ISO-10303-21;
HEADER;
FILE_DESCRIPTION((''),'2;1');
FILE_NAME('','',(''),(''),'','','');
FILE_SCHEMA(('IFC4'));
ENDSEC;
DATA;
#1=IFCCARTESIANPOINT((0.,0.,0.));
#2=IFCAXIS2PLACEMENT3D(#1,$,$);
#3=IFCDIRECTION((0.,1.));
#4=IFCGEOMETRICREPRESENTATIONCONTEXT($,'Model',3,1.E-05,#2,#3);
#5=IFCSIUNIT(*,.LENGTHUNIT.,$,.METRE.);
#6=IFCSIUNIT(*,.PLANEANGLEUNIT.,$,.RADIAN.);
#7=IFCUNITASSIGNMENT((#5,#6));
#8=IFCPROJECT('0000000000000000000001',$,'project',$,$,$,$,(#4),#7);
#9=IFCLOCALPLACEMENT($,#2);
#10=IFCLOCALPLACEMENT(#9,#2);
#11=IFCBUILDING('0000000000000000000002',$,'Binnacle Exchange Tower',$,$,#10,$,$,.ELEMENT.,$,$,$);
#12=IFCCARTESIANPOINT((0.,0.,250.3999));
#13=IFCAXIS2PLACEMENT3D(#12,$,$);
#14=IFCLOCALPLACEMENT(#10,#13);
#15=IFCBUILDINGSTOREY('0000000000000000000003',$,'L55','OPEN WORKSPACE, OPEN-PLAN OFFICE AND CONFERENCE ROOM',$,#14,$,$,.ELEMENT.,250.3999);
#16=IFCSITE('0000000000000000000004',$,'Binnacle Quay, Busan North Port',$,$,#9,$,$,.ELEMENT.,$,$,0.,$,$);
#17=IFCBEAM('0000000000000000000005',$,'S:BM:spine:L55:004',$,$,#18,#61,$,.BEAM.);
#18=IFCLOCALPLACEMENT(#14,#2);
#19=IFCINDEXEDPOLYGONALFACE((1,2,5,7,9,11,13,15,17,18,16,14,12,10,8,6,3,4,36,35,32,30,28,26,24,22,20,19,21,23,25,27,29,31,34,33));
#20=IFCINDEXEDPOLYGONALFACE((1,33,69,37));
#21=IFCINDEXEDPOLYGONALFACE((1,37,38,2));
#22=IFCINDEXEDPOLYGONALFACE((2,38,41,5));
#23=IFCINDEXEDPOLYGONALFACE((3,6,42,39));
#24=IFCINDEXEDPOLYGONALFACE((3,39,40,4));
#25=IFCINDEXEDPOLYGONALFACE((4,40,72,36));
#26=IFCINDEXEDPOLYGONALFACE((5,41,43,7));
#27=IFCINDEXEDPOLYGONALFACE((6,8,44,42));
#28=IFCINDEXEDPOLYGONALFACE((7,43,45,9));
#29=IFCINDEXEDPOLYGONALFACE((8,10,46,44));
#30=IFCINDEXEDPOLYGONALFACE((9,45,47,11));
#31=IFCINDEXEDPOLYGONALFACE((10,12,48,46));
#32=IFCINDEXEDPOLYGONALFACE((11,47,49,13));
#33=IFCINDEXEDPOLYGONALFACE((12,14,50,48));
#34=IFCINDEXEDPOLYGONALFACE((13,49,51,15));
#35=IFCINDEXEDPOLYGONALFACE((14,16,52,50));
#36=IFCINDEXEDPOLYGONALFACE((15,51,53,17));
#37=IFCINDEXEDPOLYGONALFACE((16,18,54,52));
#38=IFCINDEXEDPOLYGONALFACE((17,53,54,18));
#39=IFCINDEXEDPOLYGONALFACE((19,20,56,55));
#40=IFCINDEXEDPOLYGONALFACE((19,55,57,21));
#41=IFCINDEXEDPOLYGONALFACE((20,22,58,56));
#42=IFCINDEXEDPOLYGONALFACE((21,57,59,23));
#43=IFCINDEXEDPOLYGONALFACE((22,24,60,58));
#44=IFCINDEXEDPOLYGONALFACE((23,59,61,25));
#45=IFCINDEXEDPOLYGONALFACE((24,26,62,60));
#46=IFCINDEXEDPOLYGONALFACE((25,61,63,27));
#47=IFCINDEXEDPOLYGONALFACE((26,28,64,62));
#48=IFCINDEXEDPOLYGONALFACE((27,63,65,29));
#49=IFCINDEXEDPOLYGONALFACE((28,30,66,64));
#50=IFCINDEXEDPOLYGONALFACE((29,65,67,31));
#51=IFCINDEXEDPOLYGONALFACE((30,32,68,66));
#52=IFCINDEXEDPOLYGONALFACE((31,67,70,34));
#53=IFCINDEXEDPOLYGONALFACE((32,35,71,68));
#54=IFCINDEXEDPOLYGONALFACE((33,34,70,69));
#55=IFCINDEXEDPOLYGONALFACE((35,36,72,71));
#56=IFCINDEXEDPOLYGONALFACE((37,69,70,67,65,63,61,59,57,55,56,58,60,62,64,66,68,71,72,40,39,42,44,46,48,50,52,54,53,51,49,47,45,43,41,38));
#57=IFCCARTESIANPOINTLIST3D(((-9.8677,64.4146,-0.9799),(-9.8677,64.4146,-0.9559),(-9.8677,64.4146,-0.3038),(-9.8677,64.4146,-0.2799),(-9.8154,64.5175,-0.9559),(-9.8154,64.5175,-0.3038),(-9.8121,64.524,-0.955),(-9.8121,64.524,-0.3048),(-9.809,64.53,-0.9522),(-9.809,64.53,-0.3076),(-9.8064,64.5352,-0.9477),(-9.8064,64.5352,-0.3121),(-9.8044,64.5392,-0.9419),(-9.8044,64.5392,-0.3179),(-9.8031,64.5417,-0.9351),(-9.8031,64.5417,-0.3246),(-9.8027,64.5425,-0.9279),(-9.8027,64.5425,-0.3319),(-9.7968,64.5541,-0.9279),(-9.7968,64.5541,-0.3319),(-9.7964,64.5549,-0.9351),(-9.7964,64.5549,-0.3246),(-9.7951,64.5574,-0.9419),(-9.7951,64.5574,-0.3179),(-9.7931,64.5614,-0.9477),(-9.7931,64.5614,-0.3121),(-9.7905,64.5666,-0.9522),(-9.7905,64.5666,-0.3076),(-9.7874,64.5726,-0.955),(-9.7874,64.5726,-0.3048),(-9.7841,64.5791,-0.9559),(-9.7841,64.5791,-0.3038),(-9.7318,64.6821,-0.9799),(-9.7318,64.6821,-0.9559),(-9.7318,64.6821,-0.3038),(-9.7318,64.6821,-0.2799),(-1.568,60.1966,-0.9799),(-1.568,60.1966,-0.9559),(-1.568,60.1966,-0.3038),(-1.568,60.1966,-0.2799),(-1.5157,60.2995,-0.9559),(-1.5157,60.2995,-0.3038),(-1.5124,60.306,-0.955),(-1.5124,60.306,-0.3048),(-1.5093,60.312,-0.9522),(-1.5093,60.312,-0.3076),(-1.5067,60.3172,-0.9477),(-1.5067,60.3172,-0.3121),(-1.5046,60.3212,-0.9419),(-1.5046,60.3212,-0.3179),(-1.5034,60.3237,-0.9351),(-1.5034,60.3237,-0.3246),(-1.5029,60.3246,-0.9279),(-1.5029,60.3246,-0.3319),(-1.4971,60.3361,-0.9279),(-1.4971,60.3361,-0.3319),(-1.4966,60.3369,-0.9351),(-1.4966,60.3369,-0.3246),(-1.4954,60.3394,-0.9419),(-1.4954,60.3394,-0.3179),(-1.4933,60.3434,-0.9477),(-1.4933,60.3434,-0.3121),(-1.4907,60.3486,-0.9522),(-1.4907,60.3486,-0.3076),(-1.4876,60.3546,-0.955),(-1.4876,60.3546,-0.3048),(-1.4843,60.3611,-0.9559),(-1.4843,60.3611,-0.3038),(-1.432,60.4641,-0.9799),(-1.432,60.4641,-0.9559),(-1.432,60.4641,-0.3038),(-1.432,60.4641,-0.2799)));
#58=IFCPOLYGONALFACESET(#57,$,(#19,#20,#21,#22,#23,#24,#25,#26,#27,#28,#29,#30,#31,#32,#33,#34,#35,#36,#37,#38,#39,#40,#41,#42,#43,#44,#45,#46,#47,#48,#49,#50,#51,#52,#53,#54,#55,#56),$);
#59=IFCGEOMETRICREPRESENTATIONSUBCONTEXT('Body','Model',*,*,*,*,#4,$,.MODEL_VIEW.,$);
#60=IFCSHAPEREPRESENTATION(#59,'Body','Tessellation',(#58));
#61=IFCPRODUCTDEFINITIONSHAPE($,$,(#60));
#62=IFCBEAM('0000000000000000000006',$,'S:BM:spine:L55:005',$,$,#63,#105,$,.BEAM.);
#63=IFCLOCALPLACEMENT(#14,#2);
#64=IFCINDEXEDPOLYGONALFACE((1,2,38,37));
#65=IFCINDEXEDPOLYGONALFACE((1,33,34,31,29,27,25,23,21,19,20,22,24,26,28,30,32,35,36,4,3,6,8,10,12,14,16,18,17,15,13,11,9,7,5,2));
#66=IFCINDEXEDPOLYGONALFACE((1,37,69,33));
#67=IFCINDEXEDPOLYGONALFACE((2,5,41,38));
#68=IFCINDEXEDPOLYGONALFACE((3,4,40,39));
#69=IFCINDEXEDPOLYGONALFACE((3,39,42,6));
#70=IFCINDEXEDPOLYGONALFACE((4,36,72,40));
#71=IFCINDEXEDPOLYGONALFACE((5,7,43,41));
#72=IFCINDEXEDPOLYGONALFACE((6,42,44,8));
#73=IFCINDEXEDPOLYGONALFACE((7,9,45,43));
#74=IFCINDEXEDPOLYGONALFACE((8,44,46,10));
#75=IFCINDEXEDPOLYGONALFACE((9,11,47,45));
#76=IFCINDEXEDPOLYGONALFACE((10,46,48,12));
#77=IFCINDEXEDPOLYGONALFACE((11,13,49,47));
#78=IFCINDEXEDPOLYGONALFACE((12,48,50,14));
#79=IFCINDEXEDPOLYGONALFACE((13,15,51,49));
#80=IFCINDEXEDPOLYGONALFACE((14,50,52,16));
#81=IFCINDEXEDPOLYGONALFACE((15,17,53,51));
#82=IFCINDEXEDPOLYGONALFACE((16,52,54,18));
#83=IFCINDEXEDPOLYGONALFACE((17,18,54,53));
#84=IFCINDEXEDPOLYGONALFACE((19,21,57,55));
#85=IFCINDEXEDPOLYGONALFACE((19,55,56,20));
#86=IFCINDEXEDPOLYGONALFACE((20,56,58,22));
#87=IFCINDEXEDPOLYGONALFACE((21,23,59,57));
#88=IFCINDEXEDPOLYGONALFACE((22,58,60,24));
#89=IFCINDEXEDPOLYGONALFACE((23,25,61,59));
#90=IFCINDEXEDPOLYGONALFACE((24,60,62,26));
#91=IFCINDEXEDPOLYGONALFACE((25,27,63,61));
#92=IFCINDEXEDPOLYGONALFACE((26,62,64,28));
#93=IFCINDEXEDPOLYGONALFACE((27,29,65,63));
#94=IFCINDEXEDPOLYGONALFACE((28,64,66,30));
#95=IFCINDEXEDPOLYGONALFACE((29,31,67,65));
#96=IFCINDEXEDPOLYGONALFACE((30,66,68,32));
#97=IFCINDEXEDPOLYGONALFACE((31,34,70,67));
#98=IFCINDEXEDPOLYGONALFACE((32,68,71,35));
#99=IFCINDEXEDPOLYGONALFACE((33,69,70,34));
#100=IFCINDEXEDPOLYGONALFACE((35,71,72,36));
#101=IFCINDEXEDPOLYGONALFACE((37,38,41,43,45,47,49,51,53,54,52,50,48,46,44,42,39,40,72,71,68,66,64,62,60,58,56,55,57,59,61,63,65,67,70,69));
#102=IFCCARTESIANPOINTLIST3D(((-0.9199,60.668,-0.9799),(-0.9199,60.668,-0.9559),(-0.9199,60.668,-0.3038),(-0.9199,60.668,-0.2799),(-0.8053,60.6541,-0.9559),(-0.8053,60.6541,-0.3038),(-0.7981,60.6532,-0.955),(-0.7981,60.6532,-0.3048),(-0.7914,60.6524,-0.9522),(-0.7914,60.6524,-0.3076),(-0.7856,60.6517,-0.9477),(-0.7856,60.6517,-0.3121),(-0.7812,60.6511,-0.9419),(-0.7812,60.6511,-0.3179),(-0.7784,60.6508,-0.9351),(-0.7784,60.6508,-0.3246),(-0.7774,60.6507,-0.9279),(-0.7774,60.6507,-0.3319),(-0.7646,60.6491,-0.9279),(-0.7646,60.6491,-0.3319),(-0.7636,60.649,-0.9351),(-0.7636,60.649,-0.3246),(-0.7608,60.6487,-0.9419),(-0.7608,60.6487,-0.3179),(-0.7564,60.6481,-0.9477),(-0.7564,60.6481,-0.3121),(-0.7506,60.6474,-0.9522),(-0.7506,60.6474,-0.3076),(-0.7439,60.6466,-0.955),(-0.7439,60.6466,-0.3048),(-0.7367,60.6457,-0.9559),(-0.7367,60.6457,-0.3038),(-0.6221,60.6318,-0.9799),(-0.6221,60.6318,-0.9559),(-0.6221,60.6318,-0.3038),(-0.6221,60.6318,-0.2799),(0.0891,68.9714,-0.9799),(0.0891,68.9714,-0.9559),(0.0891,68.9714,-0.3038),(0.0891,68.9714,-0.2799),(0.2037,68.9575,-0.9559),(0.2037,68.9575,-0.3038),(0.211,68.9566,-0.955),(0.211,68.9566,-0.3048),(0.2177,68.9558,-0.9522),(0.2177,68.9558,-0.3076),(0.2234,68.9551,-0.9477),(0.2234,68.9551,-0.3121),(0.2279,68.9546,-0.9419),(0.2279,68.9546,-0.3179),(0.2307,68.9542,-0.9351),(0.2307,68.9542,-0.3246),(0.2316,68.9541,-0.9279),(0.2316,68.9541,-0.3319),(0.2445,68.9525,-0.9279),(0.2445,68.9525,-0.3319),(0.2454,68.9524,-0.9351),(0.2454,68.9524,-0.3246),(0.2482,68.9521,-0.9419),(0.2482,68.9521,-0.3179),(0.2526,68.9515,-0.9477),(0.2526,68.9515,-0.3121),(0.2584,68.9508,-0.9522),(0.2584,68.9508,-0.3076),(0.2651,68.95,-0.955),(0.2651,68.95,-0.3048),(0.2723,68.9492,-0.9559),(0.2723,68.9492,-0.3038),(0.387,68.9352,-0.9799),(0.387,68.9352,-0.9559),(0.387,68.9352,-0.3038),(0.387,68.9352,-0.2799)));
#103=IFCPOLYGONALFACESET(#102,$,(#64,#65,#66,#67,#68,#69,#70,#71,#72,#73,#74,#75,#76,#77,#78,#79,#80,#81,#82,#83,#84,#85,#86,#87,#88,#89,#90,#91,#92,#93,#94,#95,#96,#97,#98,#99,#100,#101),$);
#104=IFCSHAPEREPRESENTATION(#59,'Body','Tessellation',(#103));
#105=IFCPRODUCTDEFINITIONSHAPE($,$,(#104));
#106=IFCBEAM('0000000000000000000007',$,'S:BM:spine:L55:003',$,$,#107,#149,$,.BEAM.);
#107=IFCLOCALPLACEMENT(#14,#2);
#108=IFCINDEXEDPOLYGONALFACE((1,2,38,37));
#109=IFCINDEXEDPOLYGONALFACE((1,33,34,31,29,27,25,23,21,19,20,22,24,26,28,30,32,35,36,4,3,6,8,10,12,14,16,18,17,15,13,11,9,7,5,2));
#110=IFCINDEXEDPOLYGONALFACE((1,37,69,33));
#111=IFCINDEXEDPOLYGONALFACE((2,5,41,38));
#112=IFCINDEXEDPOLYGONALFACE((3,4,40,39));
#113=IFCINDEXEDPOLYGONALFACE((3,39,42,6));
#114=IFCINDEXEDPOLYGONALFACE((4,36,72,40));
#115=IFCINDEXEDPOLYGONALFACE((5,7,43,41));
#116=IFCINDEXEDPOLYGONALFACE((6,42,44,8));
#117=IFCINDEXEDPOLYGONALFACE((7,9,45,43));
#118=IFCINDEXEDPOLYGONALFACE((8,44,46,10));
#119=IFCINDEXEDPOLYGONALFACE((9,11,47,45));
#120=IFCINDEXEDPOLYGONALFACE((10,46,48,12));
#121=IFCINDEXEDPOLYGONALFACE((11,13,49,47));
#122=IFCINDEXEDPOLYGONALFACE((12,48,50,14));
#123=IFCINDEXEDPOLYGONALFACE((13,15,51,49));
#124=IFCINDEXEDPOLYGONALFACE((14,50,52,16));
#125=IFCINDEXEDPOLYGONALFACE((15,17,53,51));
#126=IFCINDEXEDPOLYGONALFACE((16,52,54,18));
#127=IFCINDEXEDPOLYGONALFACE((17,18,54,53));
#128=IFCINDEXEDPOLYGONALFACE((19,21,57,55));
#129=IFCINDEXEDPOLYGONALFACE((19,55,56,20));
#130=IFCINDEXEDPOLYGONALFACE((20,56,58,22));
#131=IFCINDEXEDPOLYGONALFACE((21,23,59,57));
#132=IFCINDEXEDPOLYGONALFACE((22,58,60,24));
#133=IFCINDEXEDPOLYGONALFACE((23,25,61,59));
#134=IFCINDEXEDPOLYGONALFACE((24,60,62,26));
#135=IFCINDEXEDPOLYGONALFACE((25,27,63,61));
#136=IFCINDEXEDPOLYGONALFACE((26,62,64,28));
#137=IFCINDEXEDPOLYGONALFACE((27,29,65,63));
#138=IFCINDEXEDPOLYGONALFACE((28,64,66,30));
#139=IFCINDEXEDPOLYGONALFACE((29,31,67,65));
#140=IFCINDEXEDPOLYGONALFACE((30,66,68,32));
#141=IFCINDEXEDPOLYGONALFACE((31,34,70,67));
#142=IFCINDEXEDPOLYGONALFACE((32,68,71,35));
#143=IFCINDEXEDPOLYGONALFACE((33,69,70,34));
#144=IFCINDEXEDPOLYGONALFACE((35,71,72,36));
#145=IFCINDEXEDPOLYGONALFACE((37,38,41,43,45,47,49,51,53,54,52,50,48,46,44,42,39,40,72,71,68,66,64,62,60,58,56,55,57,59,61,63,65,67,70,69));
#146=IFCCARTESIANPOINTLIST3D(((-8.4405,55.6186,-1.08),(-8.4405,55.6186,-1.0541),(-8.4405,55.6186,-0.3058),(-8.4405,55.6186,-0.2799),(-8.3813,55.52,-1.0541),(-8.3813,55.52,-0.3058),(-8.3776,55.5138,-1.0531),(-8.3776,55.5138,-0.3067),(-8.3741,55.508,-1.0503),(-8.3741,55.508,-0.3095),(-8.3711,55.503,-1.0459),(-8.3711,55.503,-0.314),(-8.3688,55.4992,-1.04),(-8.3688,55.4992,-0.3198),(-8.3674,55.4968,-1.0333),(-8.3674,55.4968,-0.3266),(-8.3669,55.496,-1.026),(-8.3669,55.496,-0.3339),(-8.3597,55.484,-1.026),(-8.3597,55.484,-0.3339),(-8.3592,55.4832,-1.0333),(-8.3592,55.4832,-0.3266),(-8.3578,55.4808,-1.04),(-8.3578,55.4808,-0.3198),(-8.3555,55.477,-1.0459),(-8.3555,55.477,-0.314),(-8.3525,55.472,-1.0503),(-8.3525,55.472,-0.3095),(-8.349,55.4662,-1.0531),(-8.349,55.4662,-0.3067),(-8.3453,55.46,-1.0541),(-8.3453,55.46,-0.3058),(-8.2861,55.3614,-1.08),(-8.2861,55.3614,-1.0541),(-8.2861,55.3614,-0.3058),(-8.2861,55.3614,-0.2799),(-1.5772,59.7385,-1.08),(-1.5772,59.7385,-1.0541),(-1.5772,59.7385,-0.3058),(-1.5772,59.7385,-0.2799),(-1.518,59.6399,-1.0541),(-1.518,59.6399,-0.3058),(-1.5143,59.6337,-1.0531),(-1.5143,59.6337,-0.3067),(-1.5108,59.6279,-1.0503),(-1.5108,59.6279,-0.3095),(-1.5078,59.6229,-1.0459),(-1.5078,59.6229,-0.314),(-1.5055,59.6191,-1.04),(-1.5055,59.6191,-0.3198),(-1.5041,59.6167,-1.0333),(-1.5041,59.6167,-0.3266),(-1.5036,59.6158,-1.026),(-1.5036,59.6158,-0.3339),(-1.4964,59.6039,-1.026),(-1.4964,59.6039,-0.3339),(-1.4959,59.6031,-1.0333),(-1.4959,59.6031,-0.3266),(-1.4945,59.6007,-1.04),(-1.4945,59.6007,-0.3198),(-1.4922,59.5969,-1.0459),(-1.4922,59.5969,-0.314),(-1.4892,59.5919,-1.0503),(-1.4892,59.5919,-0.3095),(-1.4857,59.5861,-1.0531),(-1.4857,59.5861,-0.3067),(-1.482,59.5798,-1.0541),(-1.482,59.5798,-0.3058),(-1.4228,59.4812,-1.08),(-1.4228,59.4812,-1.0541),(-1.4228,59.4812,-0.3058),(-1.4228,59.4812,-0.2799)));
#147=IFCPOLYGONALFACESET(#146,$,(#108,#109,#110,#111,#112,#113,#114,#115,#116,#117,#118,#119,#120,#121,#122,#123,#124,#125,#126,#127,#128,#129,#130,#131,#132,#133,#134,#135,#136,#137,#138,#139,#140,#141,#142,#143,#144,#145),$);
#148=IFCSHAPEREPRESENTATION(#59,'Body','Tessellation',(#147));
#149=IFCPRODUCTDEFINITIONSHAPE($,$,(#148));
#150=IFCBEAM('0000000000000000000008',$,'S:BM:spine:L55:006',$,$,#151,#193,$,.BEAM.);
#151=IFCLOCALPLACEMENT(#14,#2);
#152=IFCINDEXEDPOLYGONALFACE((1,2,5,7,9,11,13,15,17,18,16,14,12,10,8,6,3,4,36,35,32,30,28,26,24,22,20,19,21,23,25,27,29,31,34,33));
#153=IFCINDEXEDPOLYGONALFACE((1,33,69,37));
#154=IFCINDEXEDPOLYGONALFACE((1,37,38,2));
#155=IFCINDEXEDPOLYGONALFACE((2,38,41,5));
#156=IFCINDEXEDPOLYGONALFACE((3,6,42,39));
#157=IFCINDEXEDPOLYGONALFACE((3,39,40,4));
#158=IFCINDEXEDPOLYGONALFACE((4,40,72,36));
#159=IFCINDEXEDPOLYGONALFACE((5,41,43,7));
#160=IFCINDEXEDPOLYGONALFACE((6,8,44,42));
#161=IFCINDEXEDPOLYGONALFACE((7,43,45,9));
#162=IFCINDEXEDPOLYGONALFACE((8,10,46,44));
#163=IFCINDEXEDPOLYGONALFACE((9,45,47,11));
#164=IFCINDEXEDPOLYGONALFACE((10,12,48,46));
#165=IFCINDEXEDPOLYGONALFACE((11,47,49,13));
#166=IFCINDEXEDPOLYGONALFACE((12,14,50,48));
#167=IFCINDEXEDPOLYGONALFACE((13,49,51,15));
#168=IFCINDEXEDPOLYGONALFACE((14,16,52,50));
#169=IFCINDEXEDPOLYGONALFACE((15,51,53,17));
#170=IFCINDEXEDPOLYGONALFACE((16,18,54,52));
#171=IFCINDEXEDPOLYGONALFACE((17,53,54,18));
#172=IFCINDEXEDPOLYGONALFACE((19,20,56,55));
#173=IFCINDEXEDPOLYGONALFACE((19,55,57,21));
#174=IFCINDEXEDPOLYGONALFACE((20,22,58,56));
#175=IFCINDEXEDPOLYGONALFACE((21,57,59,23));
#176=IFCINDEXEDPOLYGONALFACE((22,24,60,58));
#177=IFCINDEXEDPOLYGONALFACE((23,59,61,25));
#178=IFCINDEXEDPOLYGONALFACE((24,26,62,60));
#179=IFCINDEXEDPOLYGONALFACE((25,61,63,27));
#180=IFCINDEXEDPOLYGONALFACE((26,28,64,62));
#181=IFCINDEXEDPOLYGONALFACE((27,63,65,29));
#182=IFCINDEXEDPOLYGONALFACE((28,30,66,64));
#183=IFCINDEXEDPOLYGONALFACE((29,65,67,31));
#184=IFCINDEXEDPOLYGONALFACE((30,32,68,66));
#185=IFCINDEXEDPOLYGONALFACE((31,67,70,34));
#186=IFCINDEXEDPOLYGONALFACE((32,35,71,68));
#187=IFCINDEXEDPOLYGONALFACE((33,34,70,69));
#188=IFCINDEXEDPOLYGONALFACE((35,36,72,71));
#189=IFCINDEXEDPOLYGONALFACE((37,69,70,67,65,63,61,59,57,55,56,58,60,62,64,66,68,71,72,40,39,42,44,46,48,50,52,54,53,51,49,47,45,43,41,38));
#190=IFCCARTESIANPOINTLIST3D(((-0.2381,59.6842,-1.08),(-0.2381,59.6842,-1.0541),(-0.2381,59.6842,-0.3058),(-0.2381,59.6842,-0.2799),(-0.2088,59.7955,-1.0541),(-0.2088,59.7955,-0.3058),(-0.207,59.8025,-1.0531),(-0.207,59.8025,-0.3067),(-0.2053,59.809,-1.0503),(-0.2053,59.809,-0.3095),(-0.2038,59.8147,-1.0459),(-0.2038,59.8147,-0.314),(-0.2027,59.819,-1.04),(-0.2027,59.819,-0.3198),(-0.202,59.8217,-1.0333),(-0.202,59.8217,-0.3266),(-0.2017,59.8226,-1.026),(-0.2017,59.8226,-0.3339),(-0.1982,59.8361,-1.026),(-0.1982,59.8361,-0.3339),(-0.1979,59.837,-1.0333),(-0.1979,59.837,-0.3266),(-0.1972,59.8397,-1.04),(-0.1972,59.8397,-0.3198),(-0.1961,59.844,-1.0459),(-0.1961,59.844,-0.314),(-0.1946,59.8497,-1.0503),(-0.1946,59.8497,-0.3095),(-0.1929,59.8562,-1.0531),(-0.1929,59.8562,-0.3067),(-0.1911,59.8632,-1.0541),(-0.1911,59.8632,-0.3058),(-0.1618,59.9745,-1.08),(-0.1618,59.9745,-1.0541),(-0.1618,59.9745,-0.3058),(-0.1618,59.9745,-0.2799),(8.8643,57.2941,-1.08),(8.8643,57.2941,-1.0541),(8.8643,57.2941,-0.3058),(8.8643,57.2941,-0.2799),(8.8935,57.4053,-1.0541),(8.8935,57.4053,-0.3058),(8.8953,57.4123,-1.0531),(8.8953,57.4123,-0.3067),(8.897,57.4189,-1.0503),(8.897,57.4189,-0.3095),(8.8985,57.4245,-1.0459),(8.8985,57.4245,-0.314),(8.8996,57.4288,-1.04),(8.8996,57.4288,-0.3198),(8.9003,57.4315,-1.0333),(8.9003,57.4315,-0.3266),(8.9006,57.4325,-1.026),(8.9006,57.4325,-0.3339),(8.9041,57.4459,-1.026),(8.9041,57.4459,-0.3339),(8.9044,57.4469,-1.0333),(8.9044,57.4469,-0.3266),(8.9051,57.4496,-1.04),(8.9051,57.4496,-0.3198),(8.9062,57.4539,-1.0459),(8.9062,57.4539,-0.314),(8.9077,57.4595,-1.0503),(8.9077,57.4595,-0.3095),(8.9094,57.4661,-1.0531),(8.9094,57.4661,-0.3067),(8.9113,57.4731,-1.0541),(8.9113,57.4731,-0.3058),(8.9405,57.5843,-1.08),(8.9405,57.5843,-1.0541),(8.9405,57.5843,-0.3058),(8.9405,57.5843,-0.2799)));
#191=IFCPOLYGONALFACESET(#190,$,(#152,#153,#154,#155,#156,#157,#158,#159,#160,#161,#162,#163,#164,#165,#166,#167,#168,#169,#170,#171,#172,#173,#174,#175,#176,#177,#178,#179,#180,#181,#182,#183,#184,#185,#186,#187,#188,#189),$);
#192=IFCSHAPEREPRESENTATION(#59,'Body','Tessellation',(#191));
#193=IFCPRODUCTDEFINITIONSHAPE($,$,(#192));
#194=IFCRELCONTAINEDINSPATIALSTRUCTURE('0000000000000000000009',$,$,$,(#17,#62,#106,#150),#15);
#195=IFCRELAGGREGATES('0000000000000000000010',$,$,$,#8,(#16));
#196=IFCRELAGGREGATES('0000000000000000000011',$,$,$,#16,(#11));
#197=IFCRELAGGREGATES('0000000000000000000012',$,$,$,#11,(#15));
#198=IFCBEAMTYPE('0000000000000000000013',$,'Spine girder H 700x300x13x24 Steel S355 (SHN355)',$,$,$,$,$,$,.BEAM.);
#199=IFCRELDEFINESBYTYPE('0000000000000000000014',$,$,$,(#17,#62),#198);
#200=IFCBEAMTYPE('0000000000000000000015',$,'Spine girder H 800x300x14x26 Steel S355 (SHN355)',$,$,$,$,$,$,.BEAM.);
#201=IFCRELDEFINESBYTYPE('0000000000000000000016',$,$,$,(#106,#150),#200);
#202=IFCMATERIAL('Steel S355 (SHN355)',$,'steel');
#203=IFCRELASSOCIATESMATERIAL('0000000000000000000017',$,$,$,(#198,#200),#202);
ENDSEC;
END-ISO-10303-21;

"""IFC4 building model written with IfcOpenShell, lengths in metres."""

from ifc_helpers import new_model, si_unit, direction, frame, origin, origin_2d, place, context, subcontext, project, spatial, i_section, extrude, material, material_profile, profile_set, type_object, element, save


model = new_model("IFC4")

# Units and contexts
model_context = context("Model", 3, precision=1e-05, world=origin(), true_north=direction((0.0, 1.0)))
body_context = subcontext(model_context, "Body", "Model", "MODEL_VIEW")
ifc_project = project(units=[si_unit("LENGTHUNIT", "METRE"), si_unit("PLANEANGLEUNIT", "RADIAN")], contexts=[model_context])

# Site, building, storey
site_placement = place(None, origin())
site = spatial("IfcSite", under=ifc_project, at=site_placement, Name="Binnacle Quay, Busan North Port", CompositionType="ELEMENT", RefElevation=0.0)
building_placement = place(site_placement, origin())
building = spatial("IfcBuilding", under=site, at=building_placement, Name="Binnacle Exchange Tower", CompositionType="ELEMENT")
storey_placement = place(building_placement, frame((0.0, 0.0, 250.3999)))
storey = spatial("IfcBuildingStorey", under=building, at=storey_placement, Name="L55", Description="OPEN WORKSPACE, OPEN-PLAN OFFICE AND CONFERENCE ROOM", CompositionType="ELEMENT", Elevation=250.3999)

# Beams
ifc_material_1 = material(Name="Steel S355 (SHN355)", Category="steel")
ifc_material_profile_1 = material_profile(ifc_material_1, i_section(OverallWidth=0.3, OverallDepth=0.7, WebThickness=0.0129, FlangeThickness=0.0239, FilletRadius=0.0281, at=origin_2d()), Name="H 700x300x13x24")
ifc_profile_set_1 = profile_set([ifc_material_profile_1], Name="Steel S355 (SHN355)")
beam_type_1 = type_object("IfcBeamType", Name="Spine girder H 700x300x13x24 Steel S355 (SHN355)", PredefinedType="BEAM", material=ifc_profile_set_1)
beam_1_placement = place(storey_placement, frame((-1.5, 60.3303, -0.6299), z_axis=(-0.891482, 0.453057, 0.0), x_axis=(-0.453057, -0.891482, 0.0)))
element("IfcBeam", 1, at=beam_1_placement, inside=storey, type_object=beam_type_1, Name="S:BM:spine:L55:004", PredefinedType="BEAM", context=body_context, shape_type="SweptSolid", body=[
    extrude(i_section(OverallWidth=0.3, OverallDepth=0.7, WebThickness=0.0129, FlangeThickness=0.0239, FilletRadius=0.0281, at=origin_2d()), origin(), (0.0, 0.0, 1.0), 9.3101),
])
beam_2_placement = place(storey_placement, frame((-0.771, 60.6499, -0.6299), z_axis=(0.120632, 0.992697, 0.0), x_axis=(-0.992697, 0.120632, 0.0)))
element("IfcBeam", 2, at=beam_2_placement, inside=storey, type_object=beam_type_1, Name="S:BM:spine:L55:005", PredefinedType="BEAM", context=body_context, shape_type="SweptSolid", body=[
    extrude(i_section(OverallWidth=0.3, OverallDepth=0.7, WebThickness=0.0129, FlangeThickness=0.0239, FilletRadius=0.0281, at=origin_2d()), origin(), (0.0, 0.0, 1.0), 8.3645),
])
ifc_material_profile_2 = material_profile(ifc_material_1, i_section(OverallWidth=0.3, OverallDepth=0.8, WebThickness=0.0139, FlangeThickness=0.0259, FilletRadius=0.0281, at=origin_2d()), Name="H 800x300x14x26")
ifc_profile_set_2 = profile_set([ifc_material_profile_2], Name="Steel S355 (SHN355)")
beam_type_2 = type_object("IfcBeamType", Name="Spine girder H 800x300x14x26 Steel S355 (SHN355)", PredefinedType="BEAM", material=ifc_profile_set_2)
beam_3_placement = place(storey_placement, frame((-8.3633, 55.49, -0.6799), z_axis=(0.857388, 0.514671, 0.0), x_axis=(-0.514671, 0.857388, 0.0)))
element("IfcBeam", 3, at=beam_3_placement, inside=storey, type_object=beam_type_2, Name="S:BM:spine:L55:003", PredefinedType="BEAM", context=body_context, shape_type="SweptSolid", body=[
    extrude(i_section(OverallWidth=0.3, OverallDepth=0.8, WebThickness=0.0139, FlangeThickness=0.0259, FilletRadius=0.0281, at=origin_2d()), origin(), (0.0, 0.0, 1.0), 8.0049),
])
beam_4_placement = place(storey_placement, frame((-0.2, 59.8293, -0.6799), z_axis=(0.96721, -0.253976, 0.0), x_axis=(0.253976, 0.96721, 0.0)))
element("IfcBeam", 4, at=beam_4_placement, inside=storey, type_object=beam_type_2, Name="S:BM:spine:L55:006", PredefinedType="BEAM", context=body_context, shape_type="SweptSolid", body=[
    extrude(i_section(OverallWidth=0.3, OverallDepth=0.8, WebThickness=0.0139, FlangeThickness=0.0259, FilletRadius=0.0281, at=origin_2d()), origin(), (0.0, 0.0, 1.0), 9.4109),
])

save(model, "model.ifc")
